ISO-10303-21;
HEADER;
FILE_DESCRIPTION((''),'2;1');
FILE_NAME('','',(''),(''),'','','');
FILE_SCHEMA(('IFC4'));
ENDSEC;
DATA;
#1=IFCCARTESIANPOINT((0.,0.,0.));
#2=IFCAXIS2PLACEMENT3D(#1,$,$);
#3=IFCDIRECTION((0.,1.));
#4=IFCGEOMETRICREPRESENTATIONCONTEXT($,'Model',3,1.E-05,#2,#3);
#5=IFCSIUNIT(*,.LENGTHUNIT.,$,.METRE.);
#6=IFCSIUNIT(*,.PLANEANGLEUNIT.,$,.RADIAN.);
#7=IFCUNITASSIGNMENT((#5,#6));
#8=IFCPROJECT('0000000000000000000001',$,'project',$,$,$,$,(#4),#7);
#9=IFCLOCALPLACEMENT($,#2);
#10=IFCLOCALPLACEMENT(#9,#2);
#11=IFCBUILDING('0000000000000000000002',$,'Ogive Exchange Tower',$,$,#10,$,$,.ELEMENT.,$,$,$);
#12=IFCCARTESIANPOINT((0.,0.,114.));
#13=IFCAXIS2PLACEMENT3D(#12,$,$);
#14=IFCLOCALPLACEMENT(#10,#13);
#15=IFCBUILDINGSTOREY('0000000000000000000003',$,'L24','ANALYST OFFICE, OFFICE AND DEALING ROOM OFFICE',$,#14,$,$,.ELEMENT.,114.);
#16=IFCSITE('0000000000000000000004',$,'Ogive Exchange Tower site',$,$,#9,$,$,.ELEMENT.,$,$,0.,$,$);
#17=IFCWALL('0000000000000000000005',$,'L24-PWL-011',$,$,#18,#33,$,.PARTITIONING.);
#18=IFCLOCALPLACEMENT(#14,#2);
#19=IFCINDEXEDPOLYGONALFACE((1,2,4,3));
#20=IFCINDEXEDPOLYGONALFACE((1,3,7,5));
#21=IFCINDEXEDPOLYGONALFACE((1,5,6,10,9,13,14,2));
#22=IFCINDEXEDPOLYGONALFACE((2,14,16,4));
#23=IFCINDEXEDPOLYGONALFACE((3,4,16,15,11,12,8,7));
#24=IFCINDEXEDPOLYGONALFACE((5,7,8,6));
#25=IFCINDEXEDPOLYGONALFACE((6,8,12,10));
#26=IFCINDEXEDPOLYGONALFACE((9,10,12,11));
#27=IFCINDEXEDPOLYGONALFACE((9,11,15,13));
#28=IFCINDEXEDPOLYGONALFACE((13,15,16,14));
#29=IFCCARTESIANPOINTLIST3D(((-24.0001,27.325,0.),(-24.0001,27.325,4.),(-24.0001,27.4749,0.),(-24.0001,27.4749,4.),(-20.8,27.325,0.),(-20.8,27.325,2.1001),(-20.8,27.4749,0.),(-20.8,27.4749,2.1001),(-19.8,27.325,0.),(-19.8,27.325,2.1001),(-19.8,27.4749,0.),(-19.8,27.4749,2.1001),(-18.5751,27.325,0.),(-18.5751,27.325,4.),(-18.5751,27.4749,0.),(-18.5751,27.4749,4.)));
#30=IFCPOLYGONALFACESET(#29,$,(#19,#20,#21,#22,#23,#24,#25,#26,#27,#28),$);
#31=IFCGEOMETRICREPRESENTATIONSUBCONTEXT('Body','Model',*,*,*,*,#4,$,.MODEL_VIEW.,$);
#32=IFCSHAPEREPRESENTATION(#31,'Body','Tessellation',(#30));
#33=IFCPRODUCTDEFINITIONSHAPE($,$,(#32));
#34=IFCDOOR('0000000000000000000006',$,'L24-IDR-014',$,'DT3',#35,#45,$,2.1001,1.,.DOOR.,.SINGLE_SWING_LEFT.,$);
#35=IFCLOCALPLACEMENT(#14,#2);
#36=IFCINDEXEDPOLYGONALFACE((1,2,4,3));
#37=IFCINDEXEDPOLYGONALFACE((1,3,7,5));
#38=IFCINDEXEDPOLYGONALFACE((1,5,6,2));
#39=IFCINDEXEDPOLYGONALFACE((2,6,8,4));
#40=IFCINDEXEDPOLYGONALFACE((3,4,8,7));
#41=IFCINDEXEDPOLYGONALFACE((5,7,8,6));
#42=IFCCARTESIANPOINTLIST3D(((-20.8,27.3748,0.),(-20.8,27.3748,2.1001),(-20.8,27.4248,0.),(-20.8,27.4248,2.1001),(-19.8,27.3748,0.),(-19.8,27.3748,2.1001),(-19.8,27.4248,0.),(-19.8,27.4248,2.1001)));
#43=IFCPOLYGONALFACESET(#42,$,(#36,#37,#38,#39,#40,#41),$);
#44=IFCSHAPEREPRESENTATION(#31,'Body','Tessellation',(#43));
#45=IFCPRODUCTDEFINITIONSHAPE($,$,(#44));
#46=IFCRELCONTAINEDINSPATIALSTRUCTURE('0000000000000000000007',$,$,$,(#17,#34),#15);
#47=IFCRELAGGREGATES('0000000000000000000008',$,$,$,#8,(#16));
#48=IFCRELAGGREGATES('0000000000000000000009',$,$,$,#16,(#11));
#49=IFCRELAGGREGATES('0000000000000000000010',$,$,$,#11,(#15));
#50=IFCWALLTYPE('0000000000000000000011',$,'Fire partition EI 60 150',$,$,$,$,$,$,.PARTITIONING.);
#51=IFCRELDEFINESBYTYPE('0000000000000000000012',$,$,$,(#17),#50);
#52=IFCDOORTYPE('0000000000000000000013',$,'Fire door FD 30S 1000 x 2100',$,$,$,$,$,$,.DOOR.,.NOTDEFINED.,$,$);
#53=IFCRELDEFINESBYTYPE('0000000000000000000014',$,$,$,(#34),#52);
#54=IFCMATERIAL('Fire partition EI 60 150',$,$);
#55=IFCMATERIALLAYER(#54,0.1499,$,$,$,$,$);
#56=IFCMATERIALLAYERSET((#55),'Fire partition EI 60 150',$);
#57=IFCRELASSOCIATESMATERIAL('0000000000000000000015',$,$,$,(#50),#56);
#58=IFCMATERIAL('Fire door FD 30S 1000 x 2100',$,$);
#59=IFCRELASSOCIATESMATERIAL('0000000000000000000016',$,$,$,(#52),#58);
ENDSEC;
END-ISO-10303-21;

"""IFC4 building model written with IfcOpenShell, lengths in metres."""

from ifc_helpers import new_model, si_unit, direction, frame, frame_2d, origin, place, context, subcontext, project, spatial, rectangle, extrude, material, layer, layer_set, type_object, element, fill, save


model = new_model("IFC4")

# Units and contexts
model_context = context("Model", 3, precision=1e-05, world=origin(), true_north=direction((0.0, 1.0)))
body_context = subcontext(model_context, "Body", "Model", "MODEL_VIEW")
ifc_project = project(units=[si_unit("LENGTHUNIT", "METRE"), si_unit("PLANEANGLEUNIT", "RADIAN")], contexts=[model_context])

# Site, building, storey
site_placement = place(None, origin())
site = spatial("IfcSite", under=ifc_project, at=site_placement, Name="Ogive Exchange Tower site", CompositionType="ELEMENT", RefElevation=0.0)
building_placement = place(site_placement, origin())
building = spatial("IfcBuilding", under=site, at=building_placement, Name="Ogive Exchange Tower", CompositionType="ELEMENT")
storey_placement = place(building_placement, frame((0.0, 0.0, 114.0)))
storey = spatial("IfcBuildingStorey", under=building, at=storey_placement, Name="L24", Description="ANALYST OFFICE, OFFICE AND DEALING ROOM OFFICE", CompositionType="ELEMENT", Elevation=114.0)

# Shared definitions
ifc_material_1 = material(Name="Fire partition EI 60 150")
ifc_layer_1 = layer(ifc_material_1, 0.1499)
ifc_layer_set_1 = layer_set([ifc_layer_1], Name="Fire partition EI 60 150")
wall_type_1 = type_object("IfcWallType", Name="Fire partition EI 60 150", PredefinedType="PARTITIONING", material=ifc_layer_set_1)

# Wall, opening, door
wall_1_placement = place(storey_placement, frame((-24.0, 27.3999, 0.0), z_axis=(0.0, 0.0, 1.0), x_axis=(1.0, 0.0, 0.0)))
wall_1 = element("IfcWall", 1, at=wall_1_placement, inside=storey, type_object=wall_type_1, Name="L24-PWL-011", PredefinedType="PARTITIONING", context=body_context, shape_type="SweptSolid", body=[
    extrude(rectangle(XDim=5.425, YDim=0.1499, at=frame_2d((2.7124, 0.0))), origin(), (0.0, 0.0, 1.0), 4.0),
])
opening_1_placement = place(wall_1_placement, frame((3.2, 0.0, 0.0)))
opening_1 = element("IfcOpeningElement", 2, at=opening_1_placement, cuts=wall_1, PredefinedType="OPENING", context=body_context, shape_type="SweptSolid", body=[
    extrude(rectangle(XDim=1.0, YDim=2.1001, at=frame_2d((0.5, 1.05))), frame((0.0, 0.085, 0.0), z_axis=(0.0, -1.0, 0.0), x_axis=(1.0, 0.0, 0.0)), (0.0, 0.0, 1.0), 0.1699),
])
ifc_material_2 = material(Name="Fire door FD 30S 1000 x 2100")
door_type_1 = type_object("IfcDoorType", Name="Fire door FD 30S 1000 x 2100", OperationType="NOTDEFINED", PredefinedType="DOOR", material=ifc_material_2)
door_1_placement = place(opening_1_placement, origin())
door_1 = element("IfcDoor", 3, at=door_1_placement, inside=storey, type_object=door_type_1, Name="L24-IDR-014", ObjectType="DT3", OperationType="SINGLE_SWING_LEFT", OverallHeight=2.1001, OverallWidth=1.0, PredefinedType="DOOR", context=body_context, shape_type="SweptSolid", body=[
    extrude(rectangle(XDim=1.0, YDim=2.1001, at=frame_2d((0.5, 1.05))), frame((0.0, 0.0249, 0.0), z_axis=(0.0, -1.0, 0.0), x_axis=(1.0, 0.0, 0.0)), (0.0, 0.0, 1.0), 0.05),
])
fill(opening_1, door_1)

save(model, "model.ifc")
